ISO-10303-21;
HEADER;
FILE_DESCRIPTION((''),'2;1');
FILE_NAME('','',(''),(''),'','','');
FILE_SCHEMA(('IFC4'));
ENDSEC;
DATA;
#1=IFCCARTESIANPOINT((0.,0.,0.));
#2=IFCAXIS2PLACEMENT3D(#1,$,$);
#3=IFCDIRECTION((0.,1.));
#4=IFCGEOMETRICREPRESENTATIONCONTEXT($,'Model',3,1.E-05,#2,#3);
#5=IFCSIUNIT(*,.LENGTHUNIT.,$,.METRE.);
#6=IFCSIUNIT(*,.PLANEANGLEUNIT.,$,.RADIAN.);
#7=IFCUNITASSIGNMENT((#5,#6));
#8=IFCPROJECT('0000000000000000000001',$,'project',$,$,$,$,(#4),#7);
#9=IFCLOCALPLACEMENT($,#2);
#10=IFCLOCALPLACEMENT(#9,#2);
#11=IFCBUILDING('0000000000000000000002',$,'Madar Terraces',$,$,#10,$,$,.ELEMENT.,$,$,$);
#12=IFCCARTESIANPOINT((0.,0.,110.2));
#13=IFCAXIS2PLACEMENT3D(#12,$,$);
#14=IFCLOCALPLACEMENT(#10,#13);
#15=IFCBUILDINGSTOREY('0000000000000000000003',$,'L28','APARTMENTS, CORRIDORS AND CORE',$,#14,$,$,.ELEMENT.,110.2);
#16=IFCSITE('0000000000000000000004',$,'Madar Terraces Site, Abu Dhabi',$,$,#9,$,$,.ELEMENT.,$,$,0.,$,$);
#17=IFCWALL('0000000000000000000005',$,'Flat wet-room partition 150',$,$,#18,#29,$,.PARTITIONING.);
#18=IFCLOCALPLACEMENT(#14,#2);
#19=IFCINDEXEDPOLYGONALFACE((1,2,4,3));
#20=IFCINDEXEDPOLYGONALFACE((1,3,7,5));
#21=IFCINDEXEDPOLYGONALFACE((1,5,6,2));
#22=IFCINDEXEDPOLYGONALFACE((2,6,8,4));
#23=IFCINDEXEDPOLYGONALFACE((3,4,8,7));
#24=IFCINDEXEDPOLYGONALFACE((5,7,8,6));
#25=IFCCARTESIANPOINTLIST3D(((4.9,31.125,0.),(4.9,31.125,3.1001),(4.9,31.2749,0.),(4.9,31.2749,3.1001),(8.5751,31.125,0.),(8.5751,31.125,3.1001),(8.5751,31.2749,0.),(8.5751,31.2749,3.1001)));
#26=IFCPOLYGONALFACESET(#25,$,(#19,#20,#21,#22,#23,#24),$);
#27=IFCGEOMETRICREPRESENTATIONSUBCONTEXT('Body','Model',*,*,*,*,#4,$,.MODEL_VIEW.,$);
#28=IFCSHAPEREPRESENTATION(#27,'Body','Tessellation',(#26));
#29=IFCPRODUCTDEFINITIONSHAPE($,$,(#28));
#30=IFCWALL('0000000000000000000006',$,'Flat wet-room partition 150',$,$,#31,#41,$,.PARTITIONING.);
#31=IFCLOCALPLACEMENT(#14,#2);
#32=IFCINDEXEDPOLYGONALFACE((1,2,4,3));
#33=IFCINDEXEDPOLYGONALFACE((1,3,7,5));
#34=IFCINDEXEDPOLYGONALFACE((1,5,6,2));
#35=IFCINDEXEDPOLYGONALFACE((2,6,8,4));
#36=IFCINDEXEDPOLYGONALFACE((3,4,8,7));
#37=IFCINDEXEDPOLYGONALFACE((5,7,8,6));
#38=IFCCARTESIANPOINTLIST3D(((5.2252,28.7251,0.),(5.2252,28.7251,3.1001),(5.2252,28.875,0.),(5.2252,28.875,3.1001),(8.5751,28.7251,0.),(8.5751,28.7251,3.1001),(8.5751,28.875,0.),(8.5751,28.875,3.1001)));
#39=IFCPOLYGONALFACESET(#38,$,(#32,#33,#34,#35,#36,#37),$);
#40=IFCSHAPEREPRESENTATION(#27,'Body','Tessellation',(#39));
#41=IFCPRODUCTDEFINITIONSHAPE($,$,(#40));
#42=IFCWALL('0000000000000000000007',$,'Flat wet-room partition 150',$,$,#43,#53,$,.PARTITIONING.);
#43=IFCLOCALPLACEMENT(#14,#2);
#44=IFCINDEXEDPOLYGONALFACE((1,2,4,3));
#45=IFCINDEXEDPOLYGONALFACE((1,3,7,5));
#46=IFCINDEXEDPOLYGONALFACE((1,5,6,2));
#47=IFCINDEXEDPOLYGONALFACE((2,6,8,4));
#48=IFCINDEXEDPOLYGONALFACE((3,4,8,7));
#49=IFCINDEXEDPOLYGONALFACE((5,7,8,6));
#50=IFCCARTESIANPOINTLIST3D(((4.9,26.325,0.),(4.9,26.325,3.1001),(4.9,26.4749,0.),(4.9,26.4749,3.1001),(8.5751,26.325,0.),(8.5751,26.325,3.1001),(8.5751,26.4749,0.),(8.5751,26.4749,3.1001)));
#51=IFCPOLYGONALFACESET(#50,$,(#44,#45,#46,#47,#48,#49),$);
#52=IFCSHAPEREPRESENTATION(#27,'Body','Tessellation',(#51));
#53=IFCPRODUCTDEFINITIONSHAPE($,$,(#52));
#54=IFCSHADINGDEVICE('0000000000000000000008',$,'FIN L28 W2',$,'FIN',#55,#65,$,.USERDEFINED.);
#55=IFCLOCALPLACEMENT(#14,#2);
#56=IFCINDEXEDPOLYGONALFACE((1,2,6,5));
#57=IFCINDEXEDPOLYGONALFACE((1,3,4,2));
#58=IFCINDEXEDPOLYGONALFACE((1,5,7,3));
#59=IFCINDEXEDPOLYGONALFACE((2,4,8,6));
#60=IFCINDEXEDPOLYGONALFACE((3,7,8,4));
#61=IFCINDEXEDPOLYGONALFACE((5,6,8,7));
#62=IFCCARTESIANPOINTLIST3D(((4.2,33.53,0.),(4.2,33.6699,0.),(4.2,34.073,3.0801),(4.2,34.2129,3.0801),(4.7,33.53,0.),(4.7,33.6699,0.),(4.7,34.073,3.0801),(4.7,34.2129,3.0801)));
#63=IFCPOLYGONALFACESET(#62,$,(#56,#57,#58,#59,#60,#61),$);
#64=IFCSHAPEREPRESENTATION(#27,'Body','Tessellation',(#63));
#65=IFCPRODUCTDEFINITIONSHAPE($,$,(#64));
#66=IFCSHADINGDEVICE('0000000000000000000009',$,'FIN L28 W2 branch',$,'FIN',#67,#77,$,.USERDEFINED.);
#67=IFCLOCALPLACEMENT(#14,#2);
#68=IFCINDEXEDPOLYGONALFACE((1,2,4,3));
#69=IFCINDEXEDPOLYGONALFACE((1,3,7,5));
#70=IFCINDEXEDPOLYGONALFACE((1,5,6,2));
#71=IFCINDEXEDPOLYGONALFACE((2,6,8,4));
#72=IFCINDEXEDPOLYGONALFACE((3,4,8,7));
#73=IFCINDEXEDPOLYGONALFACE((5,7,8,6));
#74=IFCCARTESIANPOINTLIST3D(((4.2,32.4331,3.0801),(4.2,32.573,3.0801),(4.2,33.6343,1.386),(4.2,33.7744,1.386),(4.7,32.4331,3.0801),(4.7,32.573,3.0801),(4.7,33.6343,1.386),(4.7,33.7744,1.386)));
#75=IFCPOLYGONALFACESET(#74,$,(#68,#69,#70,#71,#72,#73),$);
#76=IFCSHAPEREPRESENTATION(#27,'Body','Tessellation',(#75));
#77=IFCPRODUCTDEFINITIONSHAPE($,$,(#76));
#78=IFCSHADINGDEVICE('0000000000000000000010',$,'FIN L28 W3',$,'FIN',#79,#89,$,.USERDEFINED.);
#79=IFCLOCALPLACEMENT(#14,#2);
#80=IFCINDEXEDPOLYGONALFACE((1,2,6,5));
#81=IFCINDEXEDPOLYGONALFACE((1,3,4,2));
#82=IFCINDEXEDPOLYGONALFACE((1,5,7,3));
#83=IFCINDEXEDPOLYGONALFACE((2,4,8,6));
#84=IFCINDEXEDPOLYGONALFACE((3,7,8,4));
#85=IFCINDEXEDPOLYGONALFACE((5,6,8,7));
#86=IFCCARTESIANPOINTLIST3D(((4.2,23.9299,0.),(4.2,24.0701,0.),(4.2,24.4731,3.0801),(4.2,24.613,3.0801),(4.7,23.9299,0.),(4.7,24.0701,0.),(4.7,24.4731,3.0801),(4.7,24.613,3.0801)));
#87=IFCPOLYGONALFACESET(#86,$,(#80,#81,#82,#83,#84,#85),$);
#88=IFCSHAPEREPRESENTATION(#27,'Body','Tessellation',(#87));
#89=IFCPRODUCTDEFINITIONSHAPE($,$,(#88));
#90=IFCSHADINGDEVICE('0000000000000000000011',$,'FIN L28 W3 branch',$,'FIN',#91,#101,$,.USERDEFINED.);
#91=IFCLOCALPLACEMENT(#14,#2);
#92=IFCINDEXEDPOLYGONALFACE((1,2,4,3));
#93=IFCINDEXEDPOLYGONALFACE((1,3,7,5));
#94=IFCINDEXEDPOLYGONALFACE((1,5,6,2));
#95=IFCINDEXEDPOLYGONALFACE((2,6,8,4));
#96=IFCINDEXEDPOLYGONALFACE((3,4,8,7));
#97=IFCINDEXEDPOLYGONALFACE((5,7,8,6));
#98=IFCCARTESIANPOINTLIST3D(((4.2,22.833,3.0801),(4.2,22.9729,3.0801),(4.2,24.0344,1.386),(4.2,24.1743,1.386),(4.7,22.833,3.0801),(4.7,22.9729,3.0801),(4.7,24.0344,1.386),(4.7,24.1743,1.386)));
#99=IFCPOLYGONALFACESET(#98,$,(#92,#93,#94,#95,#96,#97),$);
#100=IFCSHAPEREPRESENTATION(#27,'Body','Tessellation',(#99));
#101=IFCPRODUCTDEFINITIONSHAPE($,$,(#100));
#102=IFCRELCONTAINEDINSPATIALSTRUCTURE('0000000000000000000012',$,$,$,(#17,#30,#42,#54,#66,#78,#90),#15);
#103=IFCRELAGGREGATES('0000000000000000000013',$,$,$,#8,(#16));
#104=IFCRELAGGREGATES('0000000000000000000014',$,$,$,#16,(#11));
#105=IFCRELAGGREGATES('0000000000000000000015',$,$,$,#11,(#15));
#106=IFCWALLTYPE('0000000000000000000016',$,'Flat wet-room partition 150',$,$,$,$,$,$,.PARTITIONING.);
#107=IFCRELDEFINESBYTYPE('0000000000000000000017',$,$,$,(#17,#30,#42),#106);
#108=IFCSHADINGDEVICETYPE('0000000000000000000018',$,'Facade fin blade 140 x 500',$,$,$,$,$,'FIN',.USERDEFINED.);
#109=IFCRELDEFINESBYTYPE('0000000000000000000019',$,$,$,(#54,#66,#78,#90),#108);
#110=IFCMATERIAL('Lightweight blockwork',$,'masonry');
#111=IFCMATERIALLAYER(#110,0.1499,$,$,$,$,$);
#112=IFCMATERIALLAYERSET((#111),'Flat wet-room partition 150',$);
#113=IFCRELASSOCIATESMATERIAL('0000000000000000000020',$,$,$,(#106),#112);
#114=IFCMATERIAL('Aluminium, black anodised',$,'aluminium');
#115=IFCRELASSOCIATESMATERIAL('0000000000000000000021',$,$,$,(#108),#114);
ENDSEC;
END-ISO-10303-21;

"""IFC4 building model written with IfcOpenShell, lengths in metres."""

from ifc_helpers import new_model, si_unit, direction, frame, frame_2d, origin, place, context, subcontext, project, spatial, polyline, rectangle, outline, extrude, material, layer, layer_set, type_object, element, save


model = new_model("IFC4")

# Units and contexts
model_context = context("Model", 3, precision=1e-05, world=origin(), true_north=direction((0.0, 1.0)))
body_context = subcontext(model_context, "Body", "Model", "MODEL_VIEW")
ifc_project = project(units=[si_unit("LENGTHUNIT", "METRE"), si_unit("PLANEANGLEUNIT", "RADIAN")], contexts=[model_context])

# Site, building, storey
site_placement = place(None, origin())
site = spatial("IfcSite", under=ifc_project, at=site_placement, Name="Madar Terraces Site, Abu Dhabi", CompositionType="ELEMENT", RefElevation=0.0)
building_placement = place(site_placement, origin())
building = spatial("IfcBuilding", under=site, at=building_placement, Name="Madar Terraces", CompositionType="ELEMENT")
storey_placement = place(building_placement, frame((0.0, 0.0, 110.2)))
storey = spatial("IfcBuildingStorey", under=building, at=storey_placement, Name="L28", Description="APARTMENTS, CORRIDORS AND CORE", CompositionType="ELEMENT", Elevation=110.2)

# Walls
ifc_material_1 = material(Name="Lightweight blockwork", Category="masonry")
ifc_layer_1 = layer(ifc_material_1, 0.1499)
ifc_layer_set_1 = layer_set([ifc_layer_1], Name="Flat wet-room partition 150")
wall_type_1 = type_object("IfcWallType", Name="Flat wet-room partition 150", PredefinedType="PARTITIONING", material=ifc_layer_set_1)
wall_1_placement = place(storey_placement, frame((8.575, 31.2, 0.0), z_axis=(0.0, 0.0, 1.0), x_axis=(-1.0, 0.0, 0.0)))
element("IfcWall", 1, at=wall_1_placement, inside=storey, type_object=wall_type_1, Name="Flat wet-room partition 150", PredefinedType="PARTITIONING", context=body_context, shape_type="SweptSolid", body=[
    extrude(rectangle(XDim=3.675, YDim=0.1499, at=frame_2d((1.8374, 0.0))), origin(), (0.0, 0.0, 1.0), 3.1001),
])
wall_2_placement = place(storey_placement, frame((8.575, 28.8, 0.0), z_axis=(0.0, 0.0, 1.0), x_axis=(-1.0, 0.0, 0.0)))
element("IfcWall", 2, at=wall_2_placement, inside=storey, type_object=wall_type_1, Name="Flat wet-room partition 150", PredefinedType="PARTITIONING", context=body_context, shape_type="SweptSolid", body=[
    extrude(rectangle(XDim=3.3499, YDim=0.1499, at=frame_2d((1.6748, 0.0))), origin(), (0.0, 0.0, 1.0), 3.1001),
])
wall_3_placement = place(storey_placement, frame((8.575, 26.3999, 0.0), z_axis=(0.0, 0.0, 1.0), x_axis=(-1.0, 0.0, 0.0)))
element("IfcWall", 3, at=wall_3_placement, inside=storey, type_object=wall_type_1, Name="Flat wet-room partition 150", PredefinedType="PARTITIONING", context=body_context, shape_type="SweptSolid", body=[
    extrude(rectangle(XDim=3.675, YDim=0.1499, at=frame_2d((1.8374, 0.0))), origin(), (0.0, 0.0, 1.0), 3.1001),
])

# Shading devices
ifc_material_2 = material(Name="Aluminium, black anodised", Category="aluminium")
shading_device_type = type_object("IfcShadingDeviceType", Name="Facade fin blade 140 x 500", ElementType="FIN", PredefinedType="USERDEFINED", material=ifc_material_2)
shading_device_1_placement = place(storey_placement, frame((4.45, 33.6699, 0.0), z_axis=(0.0, 0.0, 1.0), x_axis=(0.0, -1.0, 0.0)))
element("IfcShadingDevice", 4, at=shading_device_1_placement, inside=storey, type_object=shading_device_type, Name="FIN L28 W2", ObjectType="FIN", PredefinedType="USERDEFINED", context=body_context, shape_type="SweptSolid", body=[
    extrude(outline(polyline([(0.0, 0.0), (0.1399, 0.0), (-0.4031, 3.0801), (-0.543, 3.0801), (0.0, 0.0)])), frame((0.0, 0.25, 0.0), z_axis=(0.0, -1.0, 0.0), x_axis=(1.0, 0.0, 0.0)), (0.0, 0.0, 1.0), 0.5),
])
shading_device_2_placement = place(storey_placement, frame((4.45, 33.7744, 1.386), z_axis=(0.0, 0.0, 1.0), x_axis=(0.0, -1.0, 0.0)))
element("IfcShadingDevice", 5, at=shading_device_2_placement, inside=storey, type_object=shading_device_type, Name="FIN L28 W2 branch", ObjectType="FIN", PredefinedType="USERDEFINED", context=body_context, shape_type="SweptSolid", body=[
    extrude(outline(polyline([(0.0, 0.0), (0.1401, 0.0), (1.3413, 1.6941), (1.2014, 1.6941), (0.0, 0.0)])), frame((0.0, 0.25, 0.0), z_axis=(0.0, -1.0, 0.0), x_axis=(1.0, 0.0, 0.0)), (0.0, 0.0, 1.0), 0.5),
])
shading_device_3_placement = place(storey_placement, frame((4.45, 24.0701, 0.0), z_axis=(0.0, 0.0, 1.0), x_axis=(0.0, -1.0, 0.0)))
element("IfcShadingDevice", 6, at=shading_device_3_placement, inside=storey, type_object=shading_device_type, Name="FIN L28 W3", ObjectType="FIN", PredefinedType="USERDEFINED", context=body_context, shape_type="SweptSolid", body=[
    extrude(outline(polyline([(0.0, 0.0), (0.1401, 0.0), (-0.4031, 3.0801), (-0.543, 3.0801), (0.0, 0.0)])), frame((0.0, 0.25, 0.0), z_axis=(0.0, -1.0, 0.0), x_axis=(1.0, 0.0, 0.0)), (0.0, 0.0, 1.0), 0.5),
])
shading_device_4_placement = place(storey_placement, frame((4.45, 24.1743, 1.386), z_axis=(0.0, 0.0, 1.0), x_axis=(0.0, -1.0, 0.0)))
element("IfcShadingDevice", 7, at=shading_device_4_placement, inside=storey, type_object=shading_device_type, Name="FIN L28 W3 branch", ObjectType="FIN", PredefinedType="USERDEFINED", context=body_context, shape_type="SweptSolid", body=[
    extrude(outline(polyline([(0.0, 0.0), (0.1399, 0.0), (1.3413, 1.6941), (1.2014, 1.6941), (0.0, 0.0)])), frame((0.0, 0.25, 0.0), z_axis=(0.0, -1.0, 0.0), x_axis=(1.0, 0.0, 0.0)), (0.0, 0.0, 1.0), 0.5),
])

save(model, "model.ifc")
